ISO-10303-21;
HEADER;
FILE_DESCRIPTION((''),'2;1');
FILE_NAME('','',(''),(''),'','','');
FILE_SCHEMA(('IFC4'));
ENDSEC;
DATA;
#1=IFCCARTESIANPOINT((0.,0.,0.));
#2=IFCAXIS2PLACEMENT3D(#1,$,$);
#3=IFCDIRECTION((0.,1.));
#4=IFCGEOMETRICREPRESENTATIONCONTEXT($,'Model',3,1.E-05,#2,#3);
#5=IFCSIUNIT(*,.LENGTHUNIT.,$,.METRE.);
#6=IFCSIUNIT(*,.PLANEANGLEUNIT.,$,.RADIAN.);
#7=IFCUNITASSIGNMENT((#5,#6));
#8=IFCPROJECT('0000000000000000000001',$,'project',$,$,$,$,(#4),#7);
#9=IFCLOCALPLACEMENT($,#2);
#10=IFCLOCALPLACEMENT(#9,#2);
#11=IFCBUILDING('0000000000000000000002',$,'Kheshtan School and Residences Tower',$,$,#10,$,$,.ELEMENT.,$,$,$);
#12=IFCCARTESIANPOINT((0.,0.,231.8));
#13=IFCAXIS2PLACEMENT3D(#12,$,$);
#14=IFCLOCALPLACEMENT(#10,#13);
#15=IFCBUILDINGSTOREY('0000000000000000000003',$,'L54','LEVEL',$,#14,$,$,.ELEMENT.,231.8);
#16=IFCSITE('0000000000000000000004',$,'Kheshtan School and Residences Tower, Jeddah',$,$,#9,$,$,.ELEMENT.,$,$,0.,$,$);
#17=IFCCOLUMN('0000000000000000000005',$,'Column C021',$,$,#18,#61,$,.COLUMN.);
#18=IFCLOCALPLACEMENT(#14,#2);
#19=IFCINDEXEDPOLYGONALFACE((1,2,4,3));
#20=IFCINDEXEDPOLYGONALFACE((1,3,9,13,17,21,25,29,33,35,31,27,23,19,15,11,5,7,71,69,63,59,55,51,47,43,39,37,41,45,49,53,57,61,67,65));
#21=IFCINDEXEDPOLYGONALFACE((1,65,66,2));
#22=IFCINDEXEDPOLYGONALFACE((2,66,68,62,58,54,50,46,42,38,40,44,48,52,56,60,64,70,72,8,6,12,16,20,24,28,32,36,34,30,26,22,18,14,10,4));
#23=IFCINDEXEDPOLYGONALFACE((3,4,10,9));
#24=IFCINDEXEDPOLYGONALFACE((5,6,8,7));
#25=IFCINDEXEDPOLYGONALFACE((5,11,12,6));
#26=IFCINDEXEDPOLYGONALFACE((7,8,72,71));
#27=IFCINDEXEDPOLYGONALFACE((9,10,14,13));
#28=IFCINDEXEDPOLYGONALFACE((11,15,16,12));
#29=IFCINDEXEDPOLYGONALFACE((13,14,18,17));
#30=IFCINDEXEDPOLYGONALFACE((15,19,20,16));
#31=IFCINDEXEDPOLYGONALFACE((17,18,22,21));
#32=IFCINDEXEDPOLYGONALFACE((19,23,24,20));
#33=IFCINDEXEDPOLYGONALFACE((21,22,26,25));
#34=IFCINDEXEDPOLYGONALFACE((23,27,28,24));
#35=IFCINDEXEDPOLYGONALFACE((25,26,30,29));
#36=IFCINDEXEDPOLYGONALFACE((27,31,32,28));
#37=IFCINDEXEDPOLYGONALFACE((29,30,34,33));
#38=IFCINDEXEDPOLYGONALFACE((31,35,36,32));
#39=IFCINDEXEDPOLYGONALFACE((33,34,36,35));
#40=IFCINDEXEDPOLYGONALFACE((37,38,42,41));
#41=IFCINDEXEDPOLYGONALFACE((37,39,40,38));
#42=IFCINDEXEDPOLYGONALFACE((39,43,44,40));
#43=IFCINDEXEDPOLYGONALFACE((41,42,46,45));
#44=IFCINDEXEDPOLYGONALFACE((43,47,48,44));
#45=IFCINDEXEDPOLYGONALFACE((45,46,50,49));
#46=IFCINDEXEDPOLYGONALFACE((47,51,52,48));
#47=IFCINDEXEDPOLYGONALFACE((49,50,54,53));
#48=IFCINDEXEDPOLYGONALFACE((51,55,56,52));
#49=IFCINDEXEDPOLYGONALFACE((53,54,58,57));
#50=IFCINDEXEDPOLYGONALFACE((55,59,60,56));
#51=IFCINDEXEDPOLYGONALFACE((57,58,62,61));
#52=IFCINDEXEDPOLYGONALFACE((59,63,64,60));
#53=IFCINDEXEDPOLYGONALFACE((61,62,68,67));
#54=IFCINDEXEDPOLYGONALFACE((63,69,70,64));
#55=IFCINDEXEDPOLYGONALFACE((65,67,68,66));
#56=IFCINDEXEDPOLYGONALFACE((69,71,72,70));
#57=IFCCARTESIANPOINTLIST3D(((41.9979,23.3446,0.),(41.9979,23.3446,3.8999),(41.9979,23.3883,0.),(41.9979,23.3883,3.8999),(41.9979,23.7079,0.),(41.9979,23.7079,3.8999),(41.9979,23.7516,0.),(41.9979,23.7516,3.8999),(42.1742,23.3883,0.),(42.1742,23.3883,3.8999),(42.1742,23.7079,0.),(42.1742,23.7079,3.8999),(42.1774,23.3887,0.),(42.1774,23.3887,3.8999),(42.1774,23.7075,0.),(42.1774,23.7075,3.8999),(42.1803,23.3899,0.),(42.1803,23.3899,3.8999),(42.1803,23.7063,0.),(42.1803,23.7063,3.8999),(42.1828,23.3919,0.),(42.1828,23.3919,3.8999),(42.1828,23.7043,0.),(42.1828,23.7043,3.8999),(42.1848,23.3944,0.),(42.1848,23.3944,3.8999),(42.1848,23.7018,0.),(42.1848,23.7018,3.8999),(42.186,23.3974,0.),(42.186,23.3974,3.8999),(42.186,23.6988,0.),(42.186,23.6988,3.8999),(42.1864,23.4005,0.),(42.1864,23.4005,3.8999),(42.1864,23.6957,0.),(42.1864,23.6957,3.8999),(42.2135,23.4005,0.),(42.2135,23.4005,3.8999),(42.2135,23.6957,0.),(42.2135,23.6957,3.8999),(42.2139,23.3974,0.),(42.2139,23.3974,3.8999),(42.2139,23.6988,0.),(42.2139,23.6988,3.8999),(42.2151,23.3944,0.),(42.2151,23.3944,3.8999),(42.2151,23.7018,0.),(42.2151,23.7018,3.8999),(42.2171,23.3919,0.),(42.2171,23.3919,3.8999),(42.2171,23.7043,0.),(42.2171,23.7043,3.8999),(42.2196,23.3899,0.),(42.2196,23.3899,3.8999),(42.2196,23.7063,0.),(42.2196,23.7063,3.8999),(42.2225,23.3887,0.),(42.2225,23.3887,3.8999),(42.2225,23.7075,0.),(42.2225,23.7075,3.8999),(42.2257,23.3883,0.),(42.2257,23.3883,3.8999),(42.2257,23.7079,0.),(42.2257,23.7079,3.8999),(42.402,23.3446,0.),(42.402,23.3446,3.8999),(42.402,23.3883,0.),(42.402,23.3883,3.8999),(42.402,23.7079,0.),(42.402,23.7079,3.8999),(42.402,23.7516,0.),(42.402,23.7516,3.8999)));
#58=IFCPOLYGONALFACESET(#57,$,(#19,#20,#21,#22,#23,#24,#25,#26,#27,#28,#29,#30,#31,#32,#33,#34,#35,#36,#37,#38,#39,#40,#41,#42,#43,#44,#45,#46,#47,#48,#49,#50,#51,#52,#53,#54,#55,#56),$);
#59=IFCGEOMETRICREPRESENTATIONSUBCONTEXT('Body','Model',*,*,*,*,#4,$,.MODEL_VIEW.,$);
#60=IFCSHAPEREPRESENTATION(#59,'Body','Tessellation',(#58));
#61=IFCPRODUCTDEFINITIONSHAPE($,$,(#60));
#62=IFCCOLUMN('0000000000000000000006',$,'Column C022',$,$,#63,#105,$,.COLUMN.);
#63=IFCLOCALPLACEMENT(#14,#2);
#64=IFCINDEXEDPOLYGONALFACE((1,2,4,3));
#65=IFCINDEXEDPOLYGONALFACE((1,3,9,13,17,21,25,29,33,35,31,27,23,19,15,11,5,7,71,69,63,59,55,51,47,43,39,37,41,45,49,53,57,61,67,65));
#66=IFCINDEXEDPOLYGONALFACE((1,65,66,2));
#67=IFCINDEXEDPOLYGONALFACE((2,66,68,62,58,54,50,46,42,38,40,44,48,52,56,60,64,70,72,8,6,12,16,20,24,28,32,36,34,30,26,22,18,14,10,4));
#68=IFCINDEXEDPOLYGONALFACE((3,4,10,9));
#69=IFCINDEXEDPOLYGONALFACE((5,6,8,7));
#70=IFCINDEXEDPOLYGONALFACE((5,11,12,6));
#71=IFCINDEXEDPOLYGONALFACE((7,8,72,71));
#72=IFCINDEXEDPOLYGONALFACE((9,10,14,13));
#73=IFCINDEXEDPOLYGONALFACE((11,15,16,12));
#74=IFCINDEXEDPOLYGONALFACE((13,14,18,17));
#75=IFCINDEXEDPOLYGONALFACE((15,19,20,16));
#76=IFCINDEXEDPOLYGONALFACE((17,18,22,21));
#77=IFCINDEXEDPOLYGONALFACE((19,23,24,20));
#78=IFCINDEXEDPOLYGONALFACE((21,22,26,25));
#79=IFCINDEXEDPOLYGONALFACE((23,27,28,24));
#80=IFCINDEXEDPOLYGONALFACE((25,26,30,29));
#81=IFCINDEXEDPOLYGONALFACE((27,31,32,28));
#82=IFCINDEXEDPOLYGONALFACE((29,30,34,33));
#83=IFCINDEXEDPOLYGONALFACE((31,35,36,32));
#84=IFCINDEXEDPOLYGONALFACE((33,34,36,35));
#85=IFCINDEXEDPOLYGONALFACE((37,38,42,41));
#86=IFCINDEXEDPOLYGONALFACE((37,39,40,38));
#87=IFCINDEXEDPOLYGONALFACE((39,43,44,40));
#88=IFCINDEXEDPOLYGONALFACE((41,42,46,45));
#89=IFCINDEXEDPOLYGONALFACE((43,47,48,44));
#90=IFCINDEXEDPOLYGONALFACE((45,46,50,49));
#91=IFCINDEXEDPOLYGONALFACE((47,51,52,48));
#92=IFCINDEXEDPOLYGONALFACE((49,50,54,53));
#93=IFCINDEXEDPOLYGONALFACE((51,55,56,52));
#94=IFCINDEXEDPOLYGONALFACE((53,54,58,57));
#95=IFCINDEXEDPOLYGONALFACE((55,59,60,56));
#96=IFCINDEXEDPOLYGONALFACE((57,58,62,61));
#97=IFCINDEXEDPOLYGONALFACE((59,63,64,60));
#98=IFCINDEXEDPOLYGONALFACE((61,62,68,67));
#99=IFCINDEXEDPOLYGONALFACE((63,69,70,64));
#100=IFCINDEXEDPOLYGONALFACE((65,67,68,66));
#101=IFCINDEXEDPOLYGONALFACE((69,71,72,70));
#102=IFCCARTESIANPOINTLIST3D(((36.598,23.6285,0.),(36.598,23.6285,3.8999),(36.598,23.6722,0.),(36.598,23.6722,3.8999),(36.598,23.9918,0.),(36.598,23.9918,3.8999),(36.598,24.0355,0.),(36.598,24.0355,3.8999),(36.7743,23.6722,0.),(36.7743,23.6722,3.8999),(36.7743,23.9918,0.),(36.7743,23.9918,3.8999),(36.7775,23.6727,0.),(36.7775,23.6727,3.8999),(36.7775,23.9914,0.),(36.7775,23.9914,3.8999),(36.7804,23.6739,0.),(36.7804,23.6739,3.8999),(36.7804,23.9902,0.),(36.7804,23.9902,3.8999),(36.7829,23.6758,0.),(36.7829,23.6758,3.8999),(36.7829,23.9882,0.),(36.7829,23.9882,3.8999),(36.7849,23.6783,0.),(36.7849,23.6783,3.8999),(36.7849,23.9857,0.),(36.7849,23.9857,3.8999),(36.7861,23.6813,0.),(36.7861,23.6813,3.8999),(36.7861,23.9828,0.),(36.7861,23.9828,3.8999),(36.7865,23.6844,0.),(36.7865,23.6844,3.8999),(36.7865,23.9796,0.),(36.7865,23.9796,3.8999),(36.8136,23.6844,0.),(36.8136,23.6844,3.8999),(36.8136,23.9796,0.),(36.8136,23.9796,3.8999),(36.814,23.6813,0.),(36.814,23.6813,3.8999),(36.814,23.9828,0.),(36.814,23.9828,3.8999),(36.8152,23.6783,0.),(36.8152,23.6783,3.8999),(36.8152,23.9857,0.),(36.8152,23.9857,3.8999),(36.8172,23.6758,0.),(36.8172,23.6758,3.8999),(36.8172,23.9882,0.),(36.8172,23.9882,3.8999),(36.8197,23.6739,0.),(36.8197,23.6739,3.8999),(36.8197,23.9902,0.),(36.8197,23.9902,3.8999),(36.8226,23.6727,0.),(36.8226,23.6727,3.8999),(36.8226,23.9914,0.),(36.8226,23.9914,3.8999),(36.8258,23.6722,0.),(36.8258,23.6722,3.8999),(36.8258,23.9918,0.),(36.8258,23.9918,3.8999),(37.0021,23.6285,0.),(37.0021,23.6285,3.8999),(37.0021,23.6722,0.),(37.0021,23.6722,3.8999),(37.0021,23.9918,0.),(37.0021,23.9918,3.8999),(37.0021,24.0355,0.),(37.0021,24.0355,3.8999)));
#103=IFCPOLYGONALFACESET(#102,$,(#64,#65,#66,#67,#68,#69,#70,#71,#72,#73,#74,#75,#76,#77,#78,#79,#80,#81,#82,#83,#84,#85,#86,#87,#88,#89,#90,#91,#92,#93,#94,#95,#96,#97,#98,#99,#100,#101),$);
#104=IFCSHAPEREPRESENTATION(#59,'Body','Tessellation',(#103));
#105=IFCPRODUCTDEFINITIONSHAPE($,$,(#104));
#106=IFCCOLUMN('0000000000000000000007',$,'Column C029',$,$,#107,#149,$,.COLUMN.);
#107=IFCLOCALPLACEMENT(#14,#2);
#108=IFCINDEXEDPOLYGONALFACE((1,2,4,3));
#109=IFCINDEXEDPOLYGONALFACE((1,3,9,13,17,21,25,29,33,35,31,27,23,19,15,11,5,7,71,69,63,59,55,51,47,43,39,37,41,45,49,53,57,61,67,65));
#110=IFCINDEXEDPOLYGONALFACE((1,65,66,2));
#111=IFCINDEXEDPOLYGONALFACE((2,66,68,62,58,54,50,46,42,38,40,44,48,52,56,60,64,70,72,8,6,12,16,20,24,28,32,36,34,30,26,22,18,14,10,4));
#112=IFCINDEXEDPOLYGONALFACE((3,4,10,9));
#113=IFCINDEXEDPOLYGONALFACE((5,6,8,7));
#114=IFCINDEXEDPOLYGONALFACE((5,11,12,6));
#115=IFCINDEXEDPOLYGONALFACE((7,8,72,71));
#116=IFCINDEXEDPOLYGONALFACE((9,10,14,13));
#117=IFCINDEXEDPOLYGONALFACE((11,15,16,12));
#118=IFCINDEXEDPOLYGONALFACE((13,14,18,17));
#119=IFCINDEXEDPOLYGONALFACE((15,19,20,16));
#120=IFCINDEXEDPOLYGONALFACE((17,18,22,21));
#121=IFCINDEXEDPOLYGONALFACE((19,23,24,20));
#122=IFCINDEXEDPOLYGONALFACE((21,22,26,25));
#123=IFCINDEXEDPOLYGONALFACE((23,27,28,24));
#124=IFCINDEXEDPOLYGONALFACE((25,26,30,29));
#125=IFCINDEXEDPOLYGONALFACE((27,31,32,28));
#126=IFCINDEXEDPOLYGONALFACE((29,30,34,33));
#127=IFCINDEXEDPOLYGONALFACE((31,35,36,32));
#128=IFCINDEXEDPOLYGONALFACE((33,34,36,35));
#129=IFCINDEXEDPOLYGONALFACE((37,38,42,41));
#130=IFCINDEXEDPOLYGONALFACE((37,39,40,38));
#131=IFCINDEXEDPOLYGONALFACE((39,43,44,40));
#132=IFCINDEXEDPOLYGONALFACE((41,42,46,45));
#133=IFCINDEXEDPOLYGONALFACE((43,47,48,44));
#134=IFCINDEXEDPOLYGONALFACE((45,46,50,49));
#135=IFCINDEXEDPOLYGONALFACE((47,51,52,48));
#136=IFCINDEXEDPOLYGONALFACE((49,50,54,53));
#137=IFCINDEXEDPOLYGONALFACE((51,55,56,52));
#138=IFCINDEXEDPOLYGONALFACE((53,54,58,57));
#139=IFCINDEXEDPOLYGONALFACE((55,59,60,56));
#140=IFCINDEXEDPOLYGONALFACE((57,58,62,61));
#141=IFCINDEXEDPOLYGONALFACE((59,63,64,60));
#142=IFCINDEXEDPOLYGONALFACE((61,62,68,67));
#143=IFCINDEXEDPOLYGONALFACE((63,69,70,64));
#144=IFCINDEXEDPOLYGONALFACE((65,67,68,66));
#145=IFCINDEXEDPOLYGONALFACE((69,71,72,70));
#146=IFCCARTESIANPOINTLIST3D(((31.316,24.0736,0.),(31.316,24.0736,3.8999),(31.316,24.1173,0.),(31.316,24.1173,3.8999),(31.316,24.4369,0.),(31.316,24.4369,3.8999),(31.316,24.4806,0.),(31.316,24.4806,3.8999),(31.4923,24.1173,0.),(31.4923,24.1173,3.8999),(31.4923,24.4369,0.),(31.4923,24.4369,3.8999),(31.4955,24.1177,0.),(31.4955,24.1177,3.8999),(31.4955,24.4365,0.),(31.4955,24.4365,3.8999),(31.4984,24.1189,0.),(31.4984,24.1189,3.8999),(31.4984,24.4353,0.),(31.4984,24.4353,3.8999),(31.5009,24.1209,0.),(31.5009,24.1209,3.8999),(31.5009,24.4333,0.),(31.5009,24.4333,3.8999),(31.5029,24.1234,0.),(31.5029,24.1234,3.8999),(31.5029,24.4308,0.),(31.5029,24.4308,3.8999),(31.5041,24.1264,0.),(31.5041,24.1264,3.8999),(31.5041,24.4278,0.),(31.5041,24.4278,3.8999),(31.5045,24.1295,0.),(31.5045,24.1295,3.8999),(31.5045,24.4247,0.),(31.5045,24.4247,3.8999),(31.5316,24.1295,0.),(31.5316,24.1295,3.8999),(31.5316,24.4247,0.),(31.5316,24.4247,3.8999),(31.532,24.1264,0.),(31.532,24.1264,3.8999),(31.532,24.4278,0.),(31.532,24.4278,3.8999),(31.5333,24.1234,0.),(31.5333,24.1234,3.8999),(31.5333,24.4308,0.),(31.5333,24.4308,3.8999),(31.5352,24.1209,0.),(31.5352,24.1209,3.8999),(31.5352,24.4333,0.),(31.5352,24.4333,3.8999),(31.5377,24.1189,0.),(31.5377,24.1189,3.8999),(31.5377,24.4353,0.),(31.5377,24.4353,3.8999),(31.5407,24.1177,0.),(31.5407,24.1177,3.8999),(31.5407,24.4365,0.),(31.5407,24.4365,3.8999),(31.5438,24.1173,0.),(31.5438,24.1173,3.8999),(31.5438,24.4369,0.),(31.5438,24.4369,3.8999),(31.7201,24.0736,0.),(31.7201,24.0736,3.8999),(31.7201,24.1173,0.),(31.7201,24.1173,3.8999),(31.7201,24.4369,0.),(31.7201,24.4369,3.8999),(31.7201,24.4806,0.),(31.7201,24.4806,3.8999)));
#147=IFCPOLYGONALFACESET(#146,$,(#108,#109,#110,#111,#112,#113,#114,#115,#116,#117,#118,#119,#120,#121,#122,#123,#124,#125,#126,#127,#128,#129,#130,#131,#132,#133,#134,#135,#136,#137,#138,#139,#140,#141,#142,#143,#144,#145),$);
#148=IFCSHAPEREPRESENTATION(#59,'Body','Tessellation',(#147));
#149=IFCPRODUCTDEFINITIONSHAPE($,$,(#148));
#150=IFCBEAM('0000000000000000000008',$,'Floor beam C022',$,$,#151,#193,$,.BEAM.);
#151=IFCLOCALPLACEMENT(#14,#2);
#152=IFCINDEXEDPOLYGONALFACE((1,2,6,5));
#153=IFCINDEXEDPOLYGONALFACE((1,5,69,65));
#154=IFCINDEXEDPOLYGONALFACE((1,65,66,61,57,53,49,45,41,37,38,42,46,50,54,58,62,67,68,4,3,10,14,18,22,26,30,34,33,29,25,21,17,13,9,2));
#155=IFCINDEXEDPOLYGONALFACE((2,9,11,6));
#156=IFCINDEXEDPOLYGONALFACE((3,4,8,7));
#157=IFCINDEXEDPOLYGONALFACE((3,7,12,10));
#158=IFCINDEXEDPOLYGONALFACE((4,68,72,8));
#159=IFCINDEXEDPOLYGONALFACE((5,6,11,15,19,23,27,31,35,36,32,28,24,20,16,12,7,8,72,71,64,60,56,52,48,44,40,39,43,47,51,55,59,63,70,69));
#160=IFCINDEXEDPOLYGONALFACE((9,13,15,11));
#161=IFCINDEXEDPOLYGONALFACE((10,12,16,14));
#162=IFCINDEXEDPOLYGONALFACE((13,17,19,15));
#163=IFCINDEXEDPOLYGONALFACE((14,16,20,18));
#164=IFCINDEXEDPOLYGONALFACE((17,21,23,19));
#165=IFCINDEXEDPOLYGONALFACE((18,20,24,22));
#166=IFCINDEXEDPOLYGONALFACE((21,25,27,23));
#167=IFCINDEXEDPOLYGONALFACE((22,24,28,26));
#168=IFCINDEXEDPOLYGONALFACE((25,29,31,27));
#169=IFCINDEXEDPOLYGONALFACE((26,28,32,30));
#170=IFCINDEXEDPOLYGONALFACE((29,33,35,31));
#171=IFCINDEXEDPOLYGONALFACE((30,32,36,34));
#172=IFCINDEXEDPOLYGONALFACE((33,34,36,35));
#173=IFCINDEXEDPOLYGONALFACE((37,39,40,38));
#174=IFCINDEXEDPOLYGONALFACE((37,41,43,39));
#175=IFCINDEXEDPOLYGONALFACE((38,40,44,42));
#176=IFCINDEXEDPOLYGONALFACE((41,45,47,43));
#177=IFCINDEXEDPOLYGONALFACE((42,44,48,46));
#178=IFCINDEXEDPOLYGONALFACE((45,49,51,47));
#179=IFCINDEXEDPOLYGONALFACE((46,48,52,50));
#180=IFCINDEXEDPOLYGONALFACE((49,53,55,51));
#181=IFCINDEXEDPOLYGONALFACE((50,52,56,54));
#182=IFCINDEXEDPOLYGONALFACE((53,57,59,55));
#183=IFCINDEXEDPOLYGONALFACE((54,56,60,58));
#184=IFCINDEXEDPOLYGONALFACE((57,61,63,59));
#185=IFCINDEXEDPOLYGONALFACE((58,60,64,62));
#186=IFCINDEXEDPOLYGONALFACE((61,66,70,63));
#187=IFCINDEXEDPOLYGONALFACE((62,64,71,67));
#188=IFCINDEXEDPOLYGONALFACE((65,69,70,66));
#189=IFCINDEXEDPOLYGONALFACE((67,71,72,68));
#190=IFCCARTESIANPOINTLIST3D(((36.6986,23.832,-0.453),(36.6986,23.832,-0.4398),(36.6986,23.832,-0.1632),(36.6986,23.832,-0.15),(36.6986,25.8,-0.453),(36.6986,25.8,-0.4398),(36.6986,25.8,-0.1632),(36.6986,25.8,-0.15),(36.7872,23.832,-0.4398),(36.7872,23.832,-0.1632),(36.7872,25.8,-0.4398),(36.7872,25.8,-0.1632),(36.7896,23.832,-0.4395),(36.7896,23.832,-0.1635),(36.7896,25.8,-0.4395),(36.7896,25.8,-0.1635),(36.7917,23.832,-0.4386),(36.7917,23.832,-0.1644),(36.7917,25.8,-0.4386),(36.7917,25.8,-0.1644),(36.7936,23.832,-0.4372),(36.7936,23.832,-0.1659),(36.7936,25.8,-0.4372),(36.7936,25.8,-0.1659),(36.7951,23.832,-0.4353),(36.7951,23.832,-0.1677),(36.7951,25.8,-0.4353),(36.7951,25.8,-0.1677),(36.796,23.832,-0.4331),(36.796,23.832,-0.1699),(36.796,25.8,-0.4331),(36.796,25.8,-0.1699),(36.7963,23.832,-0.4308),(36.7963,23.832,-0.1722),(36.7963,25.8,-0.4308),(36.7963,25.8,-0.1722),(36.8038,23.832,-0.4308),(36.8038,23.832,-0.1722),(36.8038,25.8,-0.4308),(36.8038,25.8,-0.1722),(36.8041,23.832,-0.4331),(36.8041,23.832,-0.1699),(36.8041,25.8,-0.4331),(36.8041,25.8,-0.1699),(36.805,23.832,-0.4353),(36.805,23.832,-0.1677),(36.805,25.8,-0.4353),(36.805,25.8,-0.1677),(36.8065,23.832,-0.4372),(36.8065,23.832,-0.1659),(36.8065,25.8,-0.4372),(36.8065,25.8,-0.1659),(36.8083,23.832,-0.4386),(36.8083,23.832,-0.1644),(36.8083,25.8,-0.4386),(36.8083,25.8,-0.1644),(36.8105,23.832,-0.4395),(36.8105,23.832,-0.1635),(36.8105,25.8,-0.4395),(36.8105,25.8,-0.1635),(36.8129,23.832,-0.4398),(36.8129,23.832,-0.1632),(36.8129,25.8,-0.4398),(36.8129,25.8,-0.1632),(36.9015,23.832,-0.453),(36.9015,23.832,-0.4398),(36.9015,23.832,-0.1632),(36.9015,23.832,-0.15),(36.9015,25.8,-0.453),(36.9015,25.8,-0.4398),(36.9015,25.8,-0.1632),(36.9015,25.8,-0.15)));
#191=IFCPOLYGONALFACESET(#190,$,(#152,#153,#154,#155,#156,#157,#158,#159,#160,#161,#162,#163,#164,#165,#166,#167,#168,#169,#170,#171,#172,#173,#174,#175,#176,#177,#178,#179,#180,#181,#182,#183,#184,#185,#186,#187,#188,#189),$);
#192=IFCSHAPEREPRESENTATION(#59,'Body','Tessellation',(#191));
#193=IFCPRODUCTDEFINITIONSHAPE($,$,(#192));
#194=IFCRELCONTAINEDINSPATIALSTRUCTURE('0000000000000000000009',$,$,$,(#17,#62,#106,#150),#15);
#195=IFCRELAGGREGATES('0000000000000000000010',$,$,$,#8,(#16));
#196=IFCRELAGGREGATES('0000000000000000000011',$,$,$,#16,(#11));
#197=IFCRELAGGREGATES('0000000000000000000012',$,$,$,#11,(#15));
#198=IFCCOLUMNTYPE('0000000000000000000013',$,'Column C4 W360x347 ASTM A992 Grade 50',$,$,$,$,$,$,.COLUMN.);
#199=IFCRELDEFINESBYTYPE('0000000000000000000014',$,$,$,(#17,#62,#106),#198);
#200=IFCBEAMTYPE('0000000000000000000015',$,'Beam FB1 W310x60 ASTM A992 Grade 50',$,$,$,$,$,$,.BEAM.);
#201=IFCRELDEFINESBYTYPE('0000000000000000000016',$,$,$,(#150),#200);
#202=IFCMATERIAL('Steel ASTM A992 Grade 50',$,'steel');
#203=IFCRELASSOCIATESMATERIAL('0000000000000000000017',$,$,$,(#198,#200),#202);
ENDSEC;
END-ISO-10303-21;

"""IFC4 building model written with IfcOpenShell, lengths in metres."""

from ifc_helpers import new_model, si_unit, direction, frame, origin, origin_2d, place, context, subcontext, project, spatial, i_section, extrude, material, material_profile, profile_set, type_object, element, save


model = new_model("IFC4")

# Units and contexts
model_context = context("Model", 3, precision=1e-05, world=origin(), true_north=direction((0.0, 1.0)))
body_context = subcontext(model_context, "Body", "Model", "MODEL_VIEW")
ifc_project = project(units=[si_unit("LENGTHUNIT", "METRE"), si_unit("PLANEANGLEUNIT", "RADIAN")], contexts=[model_context])

# Site, building, storey
site_placement = place(None, origin())
site = spatial("IfcSite", under=ifc_project, at=site_placement, Name="Kheshtan School and Residences Tower, Jeddah", CompositionType="ELEMENT", RefElevation=0.0)
building_placement = place(site_placement, origin())
building = spatial("IfcBuilding", under=site, at=building_placement, Name="Kheshtan School and Residences Tower", CompositionType="ELEMENT")
storey_placement = place(building_placement, frame((0.0, 0.0, 231.8)))
storey = spatial("IfcBuildingStorey", under=building, at=storey_placement, Name="L54", Description="LEVEL", CompositionType="ELEMENT", Elevation=231.8)

# Columns
ifc_material_1 = material(Name="Steel ASTM A992 Grade 50", Category="steel")
ifc_material_profile_1 = material_profile(ifc_material_1, i_section(OverallWidth=0.4041, OverallDepth=0.407, WebThickness=0.0271, FlangeThickness=0.0437, FilletRadius=0.0122, at=origin_2d()), Name="W360x347")
ifc_profile_set_1 = profile_set([ifc_material_profile_1], Name="Steel ASTM A992 Grade 50")
column_type = type_object("IfcColumnType", Name="Column C4 W360x347 ASTM A992 Grade 50", PredefinedType="COLUMN", material=ifc_profile_set_1)
for number, where, z_axis, x_axis, name in (
    (1, (42.2, 23.5481, 0.0), (0.0, 0.0, 1.0), (1.0, 0.0, 0.0), "Column C021"),
    (2, (36.8, 23.832, 0.0), (0.0, 0.0, 1.0), (1.0, 0.0, 0.0), "Column C022"),
    (3, (31.5181, 24.2771, 0.0), (0.0, 0.0, 1.0), (1.0, 0.0, 0.0), "Column C029"),
):
    element("IfcColumn", number, at=place(storey_placement, frame(where, z_axis=z_axis, x_axis=x_axis)), inside=storey, type_object=column_type, Name=name, PredefinedType="COLUMN", context=body_context, shape_type="SweptSolid", body=[
        extrude(i_section(OverallWidth=0.4041, OverallDepth=0.407, WebThickness=0.0271, FlangeThickness=0.0437, FilletRadius=0.0122, at=origin_2d()), origin(), (0.0, 0.0, 1.0), 3.8999),
    ])

# Beam
ifc_material_profile_2 = material_profile(ifc_material_1, i_section(OverallWidth=0.2029, OverallDepth=0.303, WebThickness=0.0076, FlangeThickness=0.0132, FilletRadius=0.009, at=origin_2d()), Name="W310x60")
ifc_profile_set_2 = profile_set([ifc_material_profile_2], Name="Steel ASTM A992 Grade 50")
beam_type_1 = type_object("IfcBeamType", Name="Beam FB1 W310x60 ASTM A992 Grade 50", PredefinedType="BEAM", material=ifc_profile_set_2)
beam_1_placement = place(storey_placement, frame((36.8, 23.832, -0.3015), z_axis=(0.0, 1.0, 0.0), x_axis=(-1.0, 0.0, 0.0)))
element("IfcBeam", 4, at=beam_1_placement, inside=storey, type_object=beam_type_1, Name="Floor beam C022", PredefinedType="BEAM", context=body_context, shape_type="SweptSolid", body=[
    extrude(i_section(OverallWidth=0.2029, OverallDepth=0.303, WebThickness=0.0076, FlangeThickness=0.0132, FilletRadius=0.009, at=origin_2d()), origin(), (0.0, 0.0, 1.0), 1.968),
])

save(model, "model.ifc")
